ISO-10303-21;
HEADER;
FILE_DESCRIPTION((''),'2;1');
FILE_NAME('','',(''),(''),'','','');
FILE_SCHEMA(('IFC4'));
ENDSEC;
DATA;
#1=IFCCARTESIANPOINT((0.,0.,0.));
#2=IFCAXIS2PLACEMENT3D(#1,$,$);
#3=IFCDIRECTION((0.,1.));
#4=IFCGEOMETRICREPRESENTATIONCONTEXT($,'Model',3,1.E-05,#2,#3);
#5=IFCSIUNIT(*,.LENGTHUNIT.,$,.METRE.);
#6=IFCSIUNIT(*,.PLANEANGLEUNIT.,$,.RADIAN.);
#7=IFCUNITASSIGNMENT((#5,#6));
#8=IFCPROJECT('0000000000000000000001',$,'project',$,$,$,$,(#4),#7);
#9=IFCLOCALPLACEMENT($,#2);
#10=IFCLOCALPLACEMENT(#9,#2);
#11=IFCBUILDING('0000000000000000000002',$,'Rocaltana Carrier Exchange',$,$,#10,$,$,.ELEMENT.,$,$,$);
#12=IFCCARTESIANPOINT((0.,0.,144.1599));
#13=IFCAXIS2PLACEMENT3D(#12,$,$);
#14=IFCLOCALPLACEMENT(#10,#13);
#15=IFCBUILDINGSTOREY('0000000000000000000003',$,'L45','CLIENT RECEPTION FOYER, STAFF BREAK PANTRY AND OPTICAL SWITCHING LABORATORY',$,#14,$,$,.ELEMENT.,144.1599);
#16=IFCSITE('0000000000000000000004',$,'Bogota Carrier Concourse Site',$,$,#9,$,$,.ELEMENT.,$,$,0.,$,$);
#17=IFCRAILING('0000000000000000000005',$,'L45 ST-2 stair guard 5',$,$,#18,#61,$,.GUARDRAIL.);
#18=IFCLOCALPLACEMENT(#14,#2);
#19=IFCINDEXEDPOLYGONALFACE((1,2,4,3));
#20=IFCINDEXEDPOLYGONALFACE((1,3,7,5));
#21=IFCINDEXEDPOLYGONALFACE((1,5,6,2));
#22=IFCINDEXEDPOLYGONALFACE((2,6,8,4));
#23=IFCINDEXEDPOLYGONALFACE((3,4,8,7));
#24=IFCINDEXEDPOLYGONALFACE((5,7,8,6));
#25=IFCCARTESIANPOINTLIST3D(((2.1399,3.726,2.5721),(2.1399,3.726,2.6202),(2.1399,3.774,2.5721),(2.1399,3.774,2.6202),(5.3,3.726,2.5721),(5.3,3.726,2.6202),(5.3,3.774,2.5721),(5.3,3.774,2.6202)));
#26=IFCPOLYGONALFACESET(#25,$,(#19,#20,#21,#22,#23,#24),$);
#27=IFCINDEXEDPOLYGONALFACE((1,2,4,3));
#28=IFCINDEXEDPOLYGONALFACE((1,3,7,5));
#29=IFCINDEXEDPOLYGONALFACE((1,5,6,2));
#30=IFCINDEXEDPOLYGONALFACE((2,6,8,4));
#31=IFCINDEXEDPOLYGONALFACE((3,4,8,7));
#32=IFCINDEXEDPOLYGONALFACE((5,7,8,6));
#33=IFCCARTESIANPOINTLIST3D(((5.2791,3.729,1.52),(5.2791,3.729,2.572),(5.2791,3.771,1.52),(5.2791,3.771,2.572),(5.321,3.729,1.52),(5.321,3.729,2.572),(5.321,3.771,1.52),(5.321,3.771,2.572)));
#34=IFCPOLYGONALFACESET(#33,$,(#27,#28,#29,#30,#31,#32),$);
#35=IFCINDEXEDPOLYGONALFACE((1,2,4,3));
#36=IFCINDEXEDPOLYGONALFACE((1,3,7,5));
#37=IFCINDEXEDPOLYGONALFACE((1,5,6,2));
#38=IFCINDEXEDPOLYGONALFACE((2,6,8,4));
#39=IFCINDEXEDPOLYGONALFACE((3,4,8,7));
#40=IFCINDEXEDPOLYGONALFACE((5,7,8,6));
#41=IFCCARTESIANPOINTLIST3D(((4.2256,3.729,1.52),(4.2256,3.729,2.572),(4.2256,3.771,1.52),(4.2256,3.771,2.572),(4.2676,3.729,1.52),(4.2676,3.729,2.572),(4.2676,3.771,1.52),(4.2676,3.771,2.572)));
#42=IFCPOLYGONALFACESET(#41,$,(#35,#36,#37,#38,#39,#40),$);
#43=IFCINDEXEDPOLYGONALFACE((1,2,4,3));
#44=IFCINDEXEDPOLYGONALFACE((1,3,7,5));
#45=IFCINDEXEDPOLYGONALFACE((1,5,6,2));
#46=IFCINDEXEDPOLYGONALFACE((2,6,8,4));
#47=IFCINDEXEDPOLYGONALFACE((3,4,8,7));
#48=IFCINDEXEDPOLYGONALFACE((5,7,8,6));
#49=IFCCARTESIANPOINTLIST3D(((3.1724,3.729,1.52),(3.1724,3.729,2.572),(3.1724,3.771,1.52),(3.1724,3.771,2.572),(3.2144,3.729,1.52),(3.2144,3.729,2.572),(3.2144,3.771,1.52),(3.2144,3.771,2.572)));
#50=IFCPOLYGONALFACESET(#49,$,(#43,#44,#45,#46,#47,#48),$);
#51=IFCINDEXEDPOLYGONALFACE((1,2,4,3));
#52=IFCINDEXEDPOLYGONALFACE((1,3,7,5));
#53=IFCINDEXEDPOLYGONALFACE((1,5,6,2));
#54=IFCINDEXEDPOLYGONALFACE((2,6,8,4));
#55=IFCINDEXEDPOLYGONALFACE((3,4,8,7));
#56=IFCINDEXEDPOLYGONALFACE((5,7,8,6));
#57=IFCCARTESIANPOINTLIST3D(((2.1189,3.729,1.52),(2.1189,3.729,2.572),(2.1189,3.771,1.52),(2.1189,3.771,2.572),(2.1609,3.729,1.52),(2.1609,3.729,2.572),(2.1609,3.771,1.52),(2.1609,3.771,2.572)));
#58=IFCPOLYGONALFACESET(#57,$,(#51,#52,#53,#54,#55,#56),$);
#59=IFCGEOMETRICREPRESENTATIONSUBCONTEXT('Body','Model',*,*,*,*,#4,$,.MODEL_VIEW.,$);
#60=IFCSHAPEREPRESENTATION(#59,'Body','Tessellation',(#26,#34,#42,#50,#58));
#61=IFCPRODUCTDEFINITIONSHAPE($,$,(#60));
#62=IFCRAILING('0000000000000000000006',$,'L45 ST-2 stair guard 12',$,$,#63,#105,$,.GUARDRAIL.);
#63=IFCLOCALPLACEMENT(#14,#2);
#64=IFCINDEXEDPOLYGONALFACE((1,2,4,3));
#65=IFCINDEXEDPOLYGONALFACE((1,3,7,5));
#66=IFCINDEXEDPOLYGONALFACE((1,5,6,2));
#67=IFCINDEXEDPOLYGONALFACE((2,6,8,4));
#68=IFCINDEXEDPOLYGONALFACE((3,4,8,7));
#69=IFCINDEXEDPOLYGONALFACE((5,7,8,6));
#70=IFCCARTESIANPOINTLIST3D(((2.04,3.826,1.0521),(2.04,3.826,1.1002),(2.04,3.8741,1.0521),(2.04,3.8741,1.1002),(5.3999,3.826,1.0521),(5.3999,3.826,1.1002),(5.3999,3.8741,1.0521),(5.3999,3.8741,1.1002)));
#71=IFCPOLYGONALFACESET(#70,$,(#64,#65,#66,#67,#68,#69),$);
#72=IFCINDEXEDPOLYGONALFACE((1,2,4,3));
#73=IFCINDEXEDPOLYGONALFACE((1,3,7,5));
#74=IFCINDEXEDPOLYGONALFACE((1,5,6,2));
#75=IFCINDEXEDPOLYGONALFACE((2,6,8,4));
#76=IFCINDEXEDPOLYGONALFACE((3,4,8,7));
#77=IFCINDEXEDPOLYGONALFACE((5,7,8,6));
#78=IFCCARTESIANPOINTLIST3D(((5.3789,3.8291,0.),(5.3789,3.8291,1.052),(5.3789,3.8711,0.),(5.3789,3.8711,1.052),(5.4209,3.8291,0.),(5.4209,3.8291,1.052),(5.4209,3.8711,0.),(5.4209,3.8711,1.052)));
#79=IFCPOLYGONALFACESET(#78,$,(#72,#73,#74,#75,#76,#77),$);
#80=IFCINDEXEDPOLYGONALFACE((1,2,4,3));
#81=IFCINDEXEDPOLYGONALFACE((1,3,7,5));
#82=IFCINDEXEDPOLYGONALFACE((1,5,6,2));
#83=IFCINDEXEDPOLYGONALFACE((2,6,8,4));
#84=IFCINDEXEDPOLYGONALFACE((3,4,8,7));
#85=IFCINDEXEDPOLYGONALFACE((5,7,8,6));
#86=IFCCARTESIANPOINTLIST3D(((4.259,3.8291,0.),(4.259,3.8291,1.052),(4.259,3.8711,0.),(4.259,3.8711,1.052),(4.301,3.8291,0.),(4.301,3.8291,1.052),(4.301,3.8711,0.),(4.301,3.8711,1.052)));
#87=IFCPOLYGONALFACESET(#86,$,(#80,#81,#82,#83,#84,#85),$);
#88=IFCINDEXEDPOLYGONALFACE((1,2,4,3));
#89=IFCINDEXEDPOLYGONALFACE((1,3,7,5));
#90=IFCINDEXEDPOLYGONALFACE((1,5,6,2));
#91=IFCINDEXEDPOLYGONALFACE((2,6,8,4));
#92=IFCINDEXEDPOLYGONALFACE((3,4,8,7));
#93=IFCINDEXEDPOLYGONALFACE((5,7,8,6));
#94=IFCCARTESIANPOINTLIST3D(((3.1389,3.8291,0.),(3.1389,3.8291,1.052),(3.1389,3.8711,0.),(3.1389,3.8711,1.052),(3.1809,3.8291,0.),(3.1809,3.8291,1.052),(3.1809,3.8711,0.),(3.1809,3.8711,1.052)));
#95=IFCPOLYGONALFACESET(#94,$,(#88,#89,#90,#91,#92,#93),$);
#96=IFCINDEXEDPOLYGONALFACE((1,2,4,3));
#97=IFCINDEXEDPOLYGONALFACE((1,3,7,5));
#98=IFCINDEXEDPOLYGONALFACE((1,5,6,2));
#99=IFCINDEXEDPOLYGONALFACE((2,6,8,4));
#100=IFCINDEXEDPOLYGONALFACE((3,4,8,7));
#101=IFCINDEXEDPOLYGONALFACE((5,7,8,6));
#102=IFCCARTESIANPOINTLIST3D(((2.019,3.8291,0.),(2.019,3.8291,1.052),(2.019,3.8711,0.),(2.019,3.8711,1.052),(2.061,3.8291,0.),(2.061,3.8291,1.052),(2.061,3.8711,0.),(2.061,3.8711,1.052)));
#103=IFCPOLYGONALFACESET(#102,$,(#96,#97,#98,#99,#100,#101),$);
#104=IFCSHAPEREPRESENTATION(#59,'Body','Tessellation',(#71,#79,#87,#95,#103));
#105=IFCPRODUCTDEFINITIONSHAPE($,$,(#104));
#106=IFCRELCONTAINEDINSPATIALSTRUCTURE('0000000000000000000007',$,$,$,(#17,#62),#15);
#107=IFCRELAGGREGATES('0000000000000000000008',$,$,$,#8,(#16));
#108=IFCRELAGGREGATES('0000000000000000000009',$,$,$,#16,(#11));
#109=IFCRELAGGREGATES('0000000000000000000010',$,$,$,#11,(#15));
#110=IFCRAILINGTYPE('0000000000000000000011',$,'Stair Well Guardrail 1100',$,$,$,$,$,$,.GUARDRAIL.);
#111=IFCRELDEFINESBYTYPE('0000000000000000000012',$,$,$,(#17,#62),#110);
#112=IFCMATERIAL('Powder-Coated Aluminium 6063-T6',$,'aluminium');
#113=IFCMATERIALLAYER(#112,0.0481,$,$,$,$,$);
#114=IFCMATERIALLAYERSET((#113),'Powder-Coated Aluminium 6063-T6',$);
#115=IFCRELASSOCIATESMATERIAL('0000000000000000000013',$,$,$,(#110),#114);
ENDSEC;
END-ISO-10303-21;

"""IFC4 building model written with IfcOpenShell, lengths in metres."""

from ifc_helpers import new_model, si_unit, direction, frame, origin, origin_2d, place, context, subcontext, project, spatial, rectangle, extrude, material, layer, layer_set, type_object, element, save


model = new_model("IFC4")

# Units and contexts
model_context = context("Model", 3, precision=1e-05, world=origin(), true_north=direction((0.0, 1.0)))
body_context = subcontext(model_context, "Body", "Model", "MODEL_VIEW")
ifc_project = project(units=[si_unit("LENGTHUNIT", "METRE"), si_unit("PLANEANGLEUNIT", "RADIAN")], contexts=[model_context])

# Site, building, storey
site_placement = place(None, origin())
site = spatial("IfcSite", under=ifc_project, at=site_placement, Name="Bogota Carrier Concourse Site", CompositionType="ELEMENT", RefElevation=0.0)
building_placement = place(site_placement, origin())
building = spatial("IfcBuilding", under=site, at=building_placement, Name="Rocaltana Carrier Exchange", CompositionType="ELEMENT")
storey_placement = place(building_placement, frame((0.0, 0.0, 144.1599)))
storey = spatial("IfcBuildingStorey", under=building, at=storey_placement, Name="L45", Description="CLIENT RECEPTION FOYER, STAFF BREAK PANTRY AND OPTICAL SWITCHING LABORATORY", CompositionType="ELEMENT", Elevation=144.1599)

# Railings
ifc_material_1 = material(Name="Powder-Coated Aluminium 6063-T6", Category="aluminium")
ifc_layer_1 = layer(ifc_material_1, 0.0481)
ifc_layer_set_1 = layer_set([ifc_layer_1], Name="Powder-Coated Aluminium 6063-T6")
railing_type = type_object("IfcRailingType", Name="Stair Well Guardrail 1100", PredefinedType="GUARDRAIL", material=ifc_layer_set_1)
railing_1_placement = place(storey_placement, frame((5.3, 3.75, 1.52)))
element("IfcRailing", 1, at=railing_1_placement, inside=storey, type_object=railing_type, Name="L45 ST-2 stair guard 5", PredefinedType="GUARDRAIL", context=body_context, shape_type="SweptSolid", body=[
    extrude(rectangle(XDim=0.0481, YDim=0.0481, at=origin_2d()), frame((0.0, 0.0, 1.0762), z_axis=(-1.0, 0.0, 0.0), x_axis=(0.0, -1.0, 0.0)), (0.0, 0.0, 1.0), 3.1602),
    extrude(rectangle(XDim=0.042, YDim=0.042, at=origin_2d()), origin(), (0.0, 0.0, 1.0), 1.052),
    extrude(rectangle(XDim=0.042, YDim=0.042, at=origin_2d()), frame((-1.0535, 0.0, 0.0)), (0.0, 0.0, 1.0), 1.052),
    extrude(rectangle(XDim=0.042, YDim=0.042, at=origin_2d()), frame((-2.1067, 0.0, 0.0)), (0.0, 0.0, 1.0), 1.052),
    extrude(rectangle(XDim=0.042, YDim=0.042, at=origin_2d()), frame((-3.1602, 0.0, 0.0)), (0.0, 0.0, 1.0), 1.052),
])
railing_2_placement = place(storey_placement, frame((5.3999, 3.8501, 0.0)))
element("IfcRailing", 2, at=railing_2_placement, inside=storey, type_object=railing_type, Name="L45 ST-2 stair guard 12", PredefinedType="GUARDRAIL", context=body_context, shape_type="SweptSolid", body=[
    extrude(rectangle(XDim=0.0481, YDim=0.0481, at=origin_2d()), frame((0.0, 0.0, 1.0762), z_axis=(-1.0, 0.0, 0.0), x_axis=(0.0, -1.0, 0.0)), (0.0, 0.0, 1.0), 3.3599),
    extrude(rectangle(XDim=0.042, YDim=0.042, at=origin_2d()), origin(), (0.0, 0.0, 1.0), 1.052),
    extrude(rectangle(XDim=0.042, YDim=0.042, at=origin_2d()), frame((-1.1199, 0.0, 0.0)), (0.0, 0.0, 1.0), 1.052),
    extrude(rectangle(XDim=0.042, YDim=0.042, at=origin_2d()), frame((-2.24, 0.0, 0.0)), (0.0, 0.0, 1.0), 1.052),
    extrude(rectangle(XDim=0.042, YDim=0.042, at=origin_2d()), frame((-3.3599, 0.0, 0.0)), (0.0, 0.0, 1.0), 1.052),
])

save(model, "model.ifc")
